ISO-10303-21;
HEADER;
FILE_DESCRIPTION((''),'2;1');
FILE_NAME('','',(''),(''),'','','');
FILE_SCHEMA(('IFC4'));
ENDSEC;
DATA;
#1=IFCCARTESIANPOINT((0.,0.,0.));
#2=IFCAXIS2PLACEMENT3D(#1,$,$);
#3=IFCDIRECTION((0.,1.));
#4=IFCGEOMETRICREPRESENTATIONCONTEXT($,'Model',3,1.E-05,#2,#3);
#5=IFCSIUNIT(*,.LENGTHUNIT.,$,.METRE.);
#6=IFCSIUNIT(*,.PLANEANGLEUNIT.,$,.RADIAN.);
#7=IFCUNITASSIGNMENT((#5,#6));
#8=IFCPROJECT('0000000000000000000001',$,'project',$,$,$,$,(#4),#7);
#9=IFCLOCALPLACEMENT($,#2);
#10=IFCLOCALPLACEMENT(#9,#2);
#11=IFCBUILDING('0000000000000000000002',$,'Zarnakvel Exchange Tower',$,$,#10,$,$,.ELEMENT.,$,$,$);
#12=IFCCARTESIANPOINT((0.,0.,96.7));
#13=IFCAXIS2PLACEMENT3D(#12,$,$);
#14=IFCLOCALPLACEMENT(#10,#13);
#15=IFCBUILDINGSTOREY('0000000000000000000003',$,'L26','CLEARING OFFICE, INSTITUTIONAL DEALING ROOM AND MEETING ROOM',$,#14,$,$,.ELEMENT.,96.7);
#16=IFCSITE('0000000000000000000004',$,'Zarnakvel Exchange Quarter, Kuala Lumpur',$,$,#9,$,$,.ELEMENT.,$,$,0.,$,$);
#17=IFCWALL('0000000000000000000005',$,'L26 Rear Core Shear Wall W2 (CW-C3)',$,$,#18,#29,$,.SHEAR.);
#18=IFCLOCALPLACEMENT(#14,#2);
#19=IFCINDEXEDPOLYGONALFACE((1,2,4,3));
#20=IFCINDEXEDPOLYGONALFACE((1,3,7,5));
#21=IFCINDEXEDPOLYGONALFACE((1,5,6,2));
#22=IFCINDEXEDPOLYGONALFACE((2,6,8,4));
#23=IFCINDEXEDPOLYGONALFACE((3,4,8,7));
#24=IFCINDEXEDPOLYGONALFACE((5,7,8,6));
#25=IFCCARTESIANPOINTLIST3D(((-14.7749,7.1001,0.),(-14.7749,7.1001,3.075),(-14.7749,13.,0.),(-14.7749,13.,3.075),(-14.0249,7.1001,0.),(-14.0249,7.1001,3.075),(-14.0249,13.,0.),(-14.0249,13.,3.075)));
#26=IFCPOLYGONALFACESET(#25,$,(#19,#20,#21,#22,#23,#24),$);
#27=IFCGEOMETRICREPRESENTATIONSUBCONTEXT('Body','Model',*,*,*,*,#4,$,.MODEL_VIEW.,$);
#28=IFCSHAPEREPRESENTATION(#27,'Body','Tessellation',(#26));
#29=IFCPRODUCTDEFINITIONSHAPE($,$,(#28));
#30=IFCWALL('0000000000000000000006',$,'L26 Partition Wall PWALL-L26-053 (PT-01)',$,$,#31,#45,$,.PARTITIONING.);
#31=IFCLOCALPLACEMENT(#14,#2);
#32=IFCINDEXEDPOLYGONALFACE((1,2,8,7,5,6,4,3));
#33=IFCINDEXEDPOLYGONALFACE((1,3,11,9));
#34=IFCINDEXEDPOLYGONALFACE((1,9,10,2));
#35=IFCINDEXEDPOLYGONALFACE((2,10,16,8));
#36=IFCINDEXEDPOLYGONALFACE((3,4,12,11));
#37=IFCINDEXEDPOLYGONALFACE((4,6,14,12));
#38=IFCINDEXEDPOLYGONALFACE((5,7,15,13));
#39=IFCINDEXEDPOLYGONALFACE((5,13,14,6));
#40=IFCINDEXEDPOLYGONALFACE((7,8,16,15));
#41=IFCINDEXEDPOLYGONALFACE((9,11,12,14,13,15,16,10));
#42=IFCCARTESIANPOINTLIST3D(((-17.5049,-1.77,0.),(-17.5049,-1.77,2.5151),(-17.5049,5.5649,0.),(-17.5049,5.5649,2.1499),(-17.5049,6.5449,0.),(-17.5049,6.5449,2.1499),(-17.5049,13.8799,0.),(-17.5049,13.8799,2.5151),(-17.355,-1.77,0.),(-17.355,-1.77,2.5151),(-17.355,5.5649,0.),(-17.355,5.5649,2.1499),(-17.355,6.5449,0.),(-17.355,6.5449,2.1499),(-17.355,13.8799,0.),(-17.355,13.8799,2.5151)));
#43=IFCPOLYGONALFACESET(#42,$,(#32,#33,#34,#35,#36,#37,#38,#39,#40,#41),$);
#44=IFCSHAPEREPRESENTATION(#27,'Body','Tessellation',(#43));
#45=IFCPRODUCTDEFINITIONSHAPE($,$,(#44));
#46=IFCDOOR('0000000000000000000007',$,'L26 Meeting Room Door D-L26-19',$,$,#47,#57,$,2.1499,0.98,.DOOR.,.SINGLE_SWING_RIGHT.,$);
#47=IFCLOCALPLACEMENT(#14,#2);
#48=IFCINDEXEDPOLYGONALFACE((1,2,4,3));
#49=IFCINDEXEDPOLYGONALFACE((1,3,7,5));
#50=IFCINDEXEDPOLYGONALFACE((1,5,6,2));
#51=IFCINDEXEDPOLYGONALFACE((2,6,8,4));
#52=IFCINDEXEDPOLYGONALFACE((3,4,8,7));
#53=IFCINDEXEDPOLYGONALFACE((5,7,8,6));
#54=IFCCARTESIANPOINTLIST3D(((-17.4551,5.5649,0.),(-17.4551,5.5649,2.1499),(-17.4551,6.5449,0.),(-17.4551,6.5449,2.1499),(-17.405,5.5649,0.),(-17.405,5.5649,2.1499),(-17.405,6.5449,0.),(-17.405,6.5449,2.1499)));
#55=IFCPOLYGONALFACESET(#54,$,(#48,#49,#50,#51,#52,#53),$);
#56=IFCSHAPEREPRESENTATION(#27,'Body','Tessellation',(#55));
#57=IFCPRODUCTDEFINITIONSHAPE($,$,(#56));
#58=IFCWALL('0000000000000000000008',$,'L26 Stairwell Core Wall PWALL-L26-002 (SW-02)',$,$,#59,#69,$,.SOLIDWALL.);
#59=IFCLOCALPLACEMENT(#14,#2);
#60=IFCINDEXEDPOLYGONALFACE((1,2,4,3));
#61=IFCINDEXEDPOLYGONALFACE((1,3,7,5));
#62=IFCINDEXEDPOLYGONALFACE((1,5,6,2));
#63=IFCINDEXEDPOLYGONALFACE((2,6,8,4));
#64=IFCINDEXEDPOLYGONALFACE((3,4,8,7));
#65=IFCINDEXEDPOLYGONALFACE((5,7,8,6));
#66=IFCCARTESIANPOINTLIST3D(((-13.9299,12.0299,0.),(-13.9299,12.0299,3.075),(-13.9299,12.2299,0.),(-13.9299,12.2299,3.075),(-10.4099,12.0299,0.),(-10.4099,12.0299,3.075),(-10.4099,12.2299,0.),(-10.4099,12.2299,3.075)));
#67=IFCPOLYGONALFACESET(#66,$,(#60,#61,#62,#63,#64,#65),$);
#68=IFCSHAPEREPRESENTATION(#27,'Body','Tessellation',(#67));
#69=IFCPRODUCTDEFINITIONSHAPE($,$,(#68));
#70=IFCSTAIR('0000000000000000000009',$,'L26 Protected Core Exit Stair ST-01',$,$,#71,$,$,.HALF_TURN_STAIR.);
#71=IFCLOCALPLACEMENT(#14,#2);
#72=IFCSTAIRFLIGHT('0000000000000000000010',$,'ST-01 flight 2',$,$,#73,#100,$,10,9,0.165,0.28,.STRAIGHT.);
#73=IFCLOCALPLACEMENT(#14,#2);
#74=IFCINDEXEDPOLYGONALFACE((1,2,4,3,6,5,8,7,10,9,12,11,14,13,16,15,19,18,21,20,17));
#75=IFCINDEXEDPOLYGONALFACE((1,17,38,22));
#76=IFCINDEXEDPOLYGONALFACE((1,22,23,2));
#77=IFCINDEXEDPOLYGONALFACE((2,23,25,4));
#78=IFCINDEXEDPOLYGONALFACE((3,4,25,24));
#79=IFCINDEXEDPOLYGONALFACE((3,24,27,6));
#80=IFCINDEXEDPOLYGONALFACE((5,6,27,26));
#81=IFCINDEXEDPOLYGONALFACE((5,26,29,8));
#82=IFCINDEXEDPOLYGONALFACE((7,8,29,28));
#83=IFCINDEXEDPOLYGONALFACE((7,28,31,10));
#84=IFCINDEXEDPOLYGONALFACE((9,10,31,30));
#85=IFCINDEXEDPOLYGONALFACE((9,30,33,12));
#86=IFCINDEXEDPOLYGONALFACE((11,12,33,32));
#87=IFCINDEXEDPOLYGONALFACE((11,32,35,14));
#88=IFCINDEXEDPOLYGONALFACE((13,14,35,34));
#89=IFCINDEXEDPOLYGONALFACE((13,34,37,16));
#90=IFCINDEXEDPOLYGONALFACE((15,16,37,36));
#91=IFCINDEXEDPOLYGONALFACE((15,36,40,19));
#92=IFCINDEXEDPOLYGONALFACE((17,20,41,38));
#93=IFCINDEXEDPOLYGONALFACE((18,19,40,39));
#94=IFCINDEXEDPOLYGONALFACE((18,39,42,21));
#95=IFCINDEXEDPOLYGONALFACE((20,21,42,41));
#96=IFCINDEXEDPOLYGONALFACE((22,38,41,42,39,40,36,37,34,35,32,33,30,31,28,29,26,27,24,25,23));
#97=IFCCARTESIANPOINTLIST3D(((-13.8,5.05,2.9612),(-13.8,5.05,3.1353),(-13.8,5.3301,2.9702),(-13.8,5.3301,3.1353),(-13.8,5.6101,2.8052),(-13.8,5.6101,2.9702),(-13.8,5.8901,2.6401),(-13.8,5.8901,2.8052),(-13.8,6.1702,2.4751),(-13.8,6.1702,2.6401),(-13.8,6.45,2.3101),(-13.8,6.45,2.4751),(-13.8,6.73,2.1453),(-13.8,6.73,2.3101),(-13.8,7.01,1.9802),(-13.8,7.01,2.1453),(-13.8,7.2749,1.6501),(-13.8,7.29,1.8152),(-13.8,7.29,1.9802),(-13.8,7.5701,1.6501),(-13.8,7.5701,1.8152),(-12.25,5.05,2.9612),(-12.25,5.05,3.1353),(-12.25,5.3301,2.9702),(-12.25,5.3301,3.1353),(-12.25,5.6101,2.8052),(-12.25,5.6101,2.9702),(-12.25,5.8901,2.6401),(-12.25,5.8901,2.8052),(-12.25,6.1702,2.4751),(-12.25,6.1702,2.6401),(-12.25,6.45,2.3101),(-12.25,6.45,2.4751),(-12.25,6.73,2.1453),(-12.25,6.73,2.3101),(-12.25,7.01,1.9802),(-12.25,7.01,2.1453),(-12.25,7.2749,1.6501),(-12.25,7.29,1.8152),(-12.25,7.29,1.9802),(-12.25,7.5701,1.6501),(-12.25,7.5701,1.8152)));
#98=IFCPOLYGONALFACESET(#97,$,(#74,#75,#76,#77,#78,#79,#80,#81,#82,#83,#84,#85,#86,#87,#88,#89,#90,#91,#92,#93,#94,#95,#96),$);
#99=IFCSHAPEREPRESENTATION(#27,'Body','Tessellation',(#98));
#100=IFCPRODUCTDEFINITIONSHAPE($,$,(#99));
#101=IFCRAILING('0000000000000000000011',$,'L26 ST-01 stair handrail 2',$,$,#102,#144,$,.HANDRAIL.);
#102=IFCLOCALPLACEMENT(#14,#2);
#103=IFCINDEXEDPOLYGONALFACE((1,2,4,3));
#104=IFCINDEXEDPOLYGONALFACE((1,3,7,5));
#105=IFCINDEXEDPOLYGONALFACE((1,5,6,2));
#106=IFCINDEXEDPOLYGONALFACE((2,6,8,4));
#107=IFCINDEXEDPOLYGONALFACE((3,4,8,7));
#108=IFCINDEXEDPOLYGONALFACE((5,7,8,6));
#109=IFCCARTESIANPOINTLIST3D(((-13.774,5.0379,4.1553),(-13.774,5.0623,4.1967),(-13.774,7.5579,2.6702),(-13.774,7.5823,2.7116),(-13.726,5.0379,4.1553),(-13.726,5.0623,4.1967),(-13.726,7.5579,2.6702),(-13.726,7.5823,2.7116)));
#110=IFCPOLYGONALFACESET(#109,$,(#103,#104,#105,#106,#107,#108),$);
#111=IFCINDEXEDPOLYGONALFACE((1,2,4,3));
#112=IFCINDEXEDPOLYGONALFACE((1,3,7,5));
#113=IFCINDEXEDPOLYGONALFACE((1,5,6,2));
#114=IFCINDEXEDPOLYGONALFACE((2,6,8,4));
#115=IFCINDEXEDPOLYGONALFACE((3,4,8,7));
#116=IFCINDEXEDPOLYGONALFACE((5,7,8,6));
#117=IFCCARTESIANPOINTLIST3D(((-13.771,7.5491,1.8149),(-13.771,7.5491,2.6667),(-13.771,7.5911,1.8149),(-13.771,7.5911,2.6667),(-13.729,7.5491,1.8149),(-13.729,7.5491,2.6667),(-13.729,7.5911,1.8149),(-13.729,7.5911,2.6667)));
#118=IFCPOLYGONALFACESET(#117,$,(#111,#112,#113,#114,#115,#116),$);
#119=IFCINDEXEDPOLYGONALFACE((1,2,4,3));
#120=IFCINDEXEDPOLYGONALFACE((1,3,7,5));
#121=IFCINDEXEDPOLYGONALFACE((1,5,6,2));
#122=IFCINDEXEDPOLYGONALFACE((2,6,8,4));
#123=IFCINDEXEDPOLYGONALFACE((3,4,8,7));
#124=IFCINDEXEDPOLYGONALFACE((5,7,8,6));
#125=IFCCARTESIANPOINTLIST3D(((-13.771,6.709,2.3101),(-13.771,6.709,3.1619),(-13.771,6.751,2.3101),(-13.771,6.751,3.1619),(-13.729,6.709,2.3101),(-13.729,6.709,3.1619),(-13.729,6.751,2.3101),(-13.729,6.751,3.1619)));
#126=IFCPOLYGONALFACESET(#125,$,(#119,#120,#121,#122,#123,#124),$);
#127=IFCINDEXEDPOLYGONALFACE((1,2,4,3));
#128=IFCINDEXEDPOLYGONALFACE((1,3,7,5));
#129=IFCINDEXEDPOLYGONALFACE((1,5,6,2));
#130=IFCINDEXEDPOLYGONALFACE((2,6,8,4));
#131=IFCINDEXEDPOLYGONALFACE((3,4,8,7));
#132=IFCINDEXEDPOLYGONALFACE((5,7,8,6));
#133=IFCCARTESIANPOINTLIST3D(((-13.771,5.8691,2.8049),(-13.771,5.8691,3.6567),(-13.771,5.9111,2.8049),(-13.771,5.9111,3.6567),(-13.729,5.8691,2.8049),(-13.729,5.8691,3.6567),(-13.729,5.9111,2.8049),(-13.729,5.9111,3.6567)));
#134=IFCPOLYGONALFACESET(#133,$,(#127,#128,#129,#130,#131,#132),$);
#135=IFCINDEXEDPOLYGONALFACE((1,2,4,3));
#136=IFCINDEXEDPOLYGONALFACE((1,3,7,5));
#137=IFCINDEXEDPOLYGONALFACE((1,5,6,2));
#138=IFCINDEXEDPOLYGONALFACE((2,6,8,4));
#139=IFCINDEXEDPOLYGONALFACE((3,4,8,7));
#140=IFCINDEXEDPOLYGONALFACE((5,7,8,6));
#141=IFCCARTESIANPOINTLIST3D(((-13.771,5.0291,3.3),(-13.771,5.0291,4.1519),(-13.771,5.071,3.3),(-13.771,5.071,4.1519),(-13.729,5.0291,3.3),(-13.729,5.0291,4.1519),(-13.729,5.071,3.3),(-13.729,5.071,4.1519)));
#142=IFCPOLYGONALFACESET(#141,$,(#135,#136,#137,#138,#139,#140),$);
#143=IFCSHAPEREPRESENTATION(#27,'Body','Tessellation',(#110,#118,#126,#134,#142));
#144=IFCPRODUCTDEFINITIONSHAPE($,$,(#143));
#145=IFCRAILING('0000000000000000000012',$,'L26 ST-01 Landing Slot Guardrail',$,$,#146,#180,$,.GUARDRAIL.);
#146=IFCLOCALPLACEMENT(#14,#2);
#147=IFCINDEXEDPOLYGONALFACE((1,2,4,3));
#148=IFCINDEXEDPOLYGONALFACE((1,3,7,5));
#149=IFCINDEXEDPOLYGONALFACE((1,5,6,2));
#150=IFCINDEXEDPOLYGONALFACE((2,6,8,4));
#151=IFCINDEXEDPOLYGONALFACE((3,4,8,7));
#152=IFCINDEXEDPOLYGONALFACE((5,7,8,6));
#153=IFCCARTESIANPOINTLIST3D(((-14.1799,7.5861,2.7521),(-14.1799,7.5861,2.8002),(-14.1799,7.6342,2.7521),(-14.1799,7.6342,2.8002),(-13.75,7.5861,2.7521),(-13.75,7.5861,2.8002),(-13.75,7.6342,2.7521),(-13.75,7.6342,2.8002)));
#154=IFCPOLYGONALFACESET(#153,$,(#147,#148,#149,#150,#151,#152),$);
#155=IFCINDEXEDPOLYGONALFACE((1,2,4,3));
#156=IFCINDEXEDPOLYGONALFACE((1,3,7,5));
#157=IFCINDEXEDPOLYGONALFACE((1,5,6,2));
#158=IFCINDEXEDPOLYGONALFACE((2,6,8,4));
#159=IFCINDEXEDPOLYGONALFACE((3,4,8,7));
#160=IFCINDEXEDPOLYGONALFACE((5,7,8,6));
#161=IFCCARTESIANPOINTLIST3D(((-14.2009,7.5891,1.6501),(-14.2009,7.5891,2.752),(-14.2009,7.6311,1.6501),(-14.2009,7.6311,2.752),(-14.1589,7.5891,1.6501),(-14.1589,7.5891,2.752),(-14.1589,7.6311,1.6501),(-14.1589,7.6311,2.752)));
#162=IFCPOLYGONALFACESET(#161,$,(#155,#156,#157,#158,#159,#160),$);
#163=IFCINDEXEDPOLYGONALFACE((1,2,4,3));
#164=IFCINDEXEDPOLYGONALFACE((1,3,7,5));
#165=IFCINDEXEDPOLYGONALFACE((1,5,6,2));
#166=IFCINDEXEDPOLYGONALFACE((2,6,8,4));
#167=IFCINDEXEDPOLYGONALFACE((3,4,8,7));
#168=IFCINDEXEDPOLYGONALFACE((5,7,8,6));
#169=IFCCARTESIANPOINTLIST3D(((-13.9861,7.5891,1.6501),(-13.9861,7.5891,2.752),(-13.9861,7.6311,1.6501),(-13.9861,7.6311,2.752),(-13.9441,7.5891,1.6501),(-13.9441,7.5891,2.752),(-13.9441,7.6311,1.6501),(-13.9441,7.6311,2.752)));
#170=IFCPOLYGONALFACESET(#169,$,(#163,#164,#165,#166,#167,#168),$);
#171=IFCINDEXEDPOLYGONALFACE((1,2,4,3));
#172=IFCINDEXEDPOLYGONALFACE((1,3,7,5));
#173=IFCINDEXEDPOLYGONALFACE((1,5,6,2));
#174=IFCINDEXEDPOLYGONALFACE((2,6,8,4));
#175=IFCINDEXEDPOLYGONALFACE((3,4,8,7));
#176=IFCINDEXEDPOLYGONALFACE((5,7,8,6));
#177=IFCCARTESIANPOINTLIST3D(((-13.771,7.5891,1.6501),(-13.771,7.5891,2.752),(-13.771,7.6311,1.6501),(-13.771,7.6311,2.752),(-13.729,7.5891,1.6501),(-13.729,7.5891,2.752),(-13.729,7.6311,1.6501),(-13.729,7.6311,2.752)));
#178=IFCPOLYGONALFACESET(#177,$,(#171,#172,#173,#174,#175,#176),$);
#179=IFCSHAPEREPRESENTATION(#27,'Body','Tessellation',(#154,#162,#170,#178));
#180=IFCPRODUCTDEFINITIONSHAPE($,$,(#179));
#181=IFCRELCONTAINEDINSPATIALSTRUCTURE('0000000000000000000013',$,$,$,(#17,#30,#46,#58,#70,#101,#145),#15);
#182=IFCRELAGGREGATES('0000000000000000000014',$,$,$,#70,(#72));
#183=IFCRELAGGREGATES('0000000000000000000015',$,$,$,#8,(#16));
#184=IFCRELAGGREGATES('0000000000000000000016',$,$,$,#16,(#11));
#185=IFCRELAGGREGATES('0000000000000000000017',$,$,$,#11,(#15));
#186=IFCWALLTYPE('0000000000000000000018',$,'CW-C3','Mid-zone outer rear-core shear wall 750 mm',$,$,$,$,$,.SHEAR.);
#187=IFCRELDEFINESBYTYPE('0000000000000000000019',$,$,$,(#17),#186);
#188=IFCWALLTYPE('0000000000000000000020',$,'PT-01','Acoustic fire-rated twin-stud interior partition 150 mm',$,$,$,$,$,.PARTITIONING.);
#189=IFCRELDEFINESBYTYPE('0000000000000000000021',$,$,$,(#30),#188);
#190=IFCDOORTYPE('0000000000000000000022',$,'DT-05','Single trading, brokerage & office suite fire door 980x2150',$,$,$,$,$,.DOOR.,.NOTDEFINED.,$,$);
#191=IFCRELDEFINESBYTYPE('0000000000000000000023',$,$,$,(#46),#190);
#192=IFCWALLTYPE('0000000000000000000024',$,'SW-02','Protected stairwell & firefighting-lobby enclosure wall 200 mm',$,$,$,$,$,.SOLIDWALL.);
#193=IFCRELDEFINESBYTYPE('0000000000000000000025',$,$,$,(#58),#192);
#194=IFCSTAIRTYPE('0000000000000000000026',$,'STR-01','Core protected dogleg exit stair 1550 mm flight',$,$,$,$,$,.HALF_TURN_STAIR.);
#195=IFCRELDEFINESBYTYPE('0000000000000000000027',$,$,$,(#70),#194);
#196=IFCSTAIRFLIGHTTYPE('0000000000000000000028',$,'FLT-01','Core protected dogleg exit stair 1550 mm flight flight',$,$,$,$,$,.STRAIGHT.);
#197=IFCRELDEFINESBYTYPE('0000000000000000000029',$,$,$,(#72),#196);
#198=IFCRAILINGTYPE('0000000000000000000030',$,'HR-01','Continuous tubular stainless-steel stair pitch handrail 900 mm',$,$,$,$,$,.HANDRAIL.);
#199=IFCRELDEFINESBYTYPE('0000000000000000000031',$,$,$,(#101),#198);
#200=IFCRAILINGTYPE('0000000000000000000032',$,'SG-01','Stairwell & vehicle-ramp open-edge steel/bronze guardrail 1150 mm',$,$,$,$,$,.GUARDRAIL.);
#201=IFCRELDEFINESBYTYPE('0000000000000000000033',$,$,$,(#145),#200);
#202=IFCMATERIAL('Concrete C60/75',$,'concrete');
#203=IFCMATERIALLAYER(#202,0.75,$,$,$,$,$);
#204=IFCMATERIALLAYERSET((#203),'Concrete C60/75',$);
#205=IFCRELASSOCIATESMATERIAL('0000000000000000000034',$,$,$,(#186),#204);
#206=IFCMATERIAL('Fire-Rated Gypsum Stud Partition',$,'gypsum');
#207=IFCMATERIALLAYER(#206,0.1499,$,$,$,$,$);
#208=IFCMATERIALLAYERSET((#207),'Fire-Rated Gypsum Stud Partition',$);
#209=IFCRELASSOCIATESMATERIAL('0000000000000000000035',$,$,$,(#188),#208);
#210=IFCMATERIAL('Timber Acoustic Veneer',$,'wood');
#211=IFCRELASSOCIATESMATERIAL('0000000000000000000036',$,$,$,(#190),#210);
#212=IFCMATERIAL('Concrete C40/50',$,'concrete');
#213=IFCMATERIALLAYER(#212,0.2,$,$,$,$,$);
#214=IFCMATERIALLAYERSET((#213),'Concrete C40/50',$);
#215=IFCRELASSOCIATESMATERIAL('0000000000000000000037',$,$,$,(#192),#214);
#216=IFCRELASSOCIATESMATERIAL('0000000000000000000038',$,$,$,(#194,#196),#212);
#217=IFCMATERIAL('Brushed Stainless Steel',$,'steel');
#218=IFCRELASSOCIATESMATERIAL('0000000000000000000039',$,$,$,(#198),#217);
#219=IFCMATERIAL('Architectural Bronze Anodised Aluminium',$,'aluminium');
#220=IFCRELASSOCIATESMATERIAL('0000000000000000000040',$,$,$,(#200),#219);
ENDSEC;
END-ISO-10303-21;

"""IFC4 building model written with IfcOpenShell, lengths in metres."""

from ifc_helpers import new_model, si_unit, direction, frame, frame_2d, origin, origin_2d, place, context, subcontext, project, spatial, polyline, rectangle, outline, extrude, source, transform, mapped, material, layer, layer_set, type_object, element, fill, aggregate, save


model = new_model("IFC4")

# Units and contexts
model_context = context("Model", 3, precision=1e-05, world=origin(), true_north=direction((0.0, 1.0)))
body_context = subcontext(model_context, "Body", "Model", "MODEL_VIEW")
ifc_project = project(units=[si_unit("LENGTHUNIT", "METRE"), si_unit("PLANEANGLEUNIT", "RADIAN")], contexts=[model_context])

# Site, building, storey
site_placement = place(None, origin())
site = spatial("IfcSite", under=ifc_project, at=site_placement, Name="Zarnakvel Exchange Quarter, Kuala Lumpur", CompositionType="ELEMENT", RefElevation=0.0)
building_placement = place(site_placement, origin())
building = spatial("IfcBuilding", under=site, at=building_placement, Name="Zarnakvel Exchange Tower", CompositionType="ELEMENT")
storey_placement = place(building_placement, frame((0.0, 0.0, 96.7)))
storey = spatial("IfcBuildingStorey", under=building, at=storey_placement, Name="L26", Description="CLEARING OFFICE, INSTITUTIONAL DEALING ROOM AND MEETING ROOM", CompositionType="ELEMENT", Elevation=96.7)

# Shared definitions
ifc_material_1 = material(Name="Concrete C60/75", Category="concrete")

# Shared definitions
ifc_material_2 = material(Name="Architectural Bronze Anodised Aluminium", Category="aluminium")

# Wall
ifc_layer_1 = layer(ifc_material_1, 0.75)
ifc_layer_set_1 = layer_set([ifc_layer_1], Name="Concrete C60/75")
wall_type_1 = type_object("IfcWallType", Name="CW-C3", Description="Mid-zone outer rear-core shear wall 750 mm", PredefinedType="SHEAR", material=ifc_layer_set_1)
wall_1_placement = place(storey_placement, frame((-14.3999, 7.1001, 0.0), z_axis=(0.0, 0.0, 1.0), x_axis=(0.0, 1.0, 0.0)))
element("IfcWall", 1, at=wall_1_placement, inside=storey, type_object=wall_type_1, Name="L26 Rear Core Shear Wall W2 (CW-C3)", PredefinedType="SHEAR", context=body_context, shape_type="SweptSolid", body=[
    extrude(rectangle(XDim=5.8999, YDim=0.75, at=frame_2d((2.95, 0.0))), origin(), (0.0, 0.0, 1.0), 3.075),
])

# Wall, opening, door
ifc_material_3 = material(Name="Fire-Rated Gypsum Stud Partition", Category="gypsum")
ifc_layer_2 = layer(ifc_material_3, 0.1499)
ifc_layer_set_2 = layer_set([ifc_layer_2], Name="Fire-Rated Gypsum Stud Partition")
wall_type_2 = type_object("IfcWallType", Name="PT-01", Description="Acoustic fire-rated twin-stud interior partition 150 mm", PredefinedType="PARTITIONING", material=ifc_layer_set_2)
wall_2_placement = place(storey_placement, frame((-17.4299, 13.8799, 0.0), z_axis=(0.0, 0.0, 1.0), x_axis=(0.0, -1.0, 0.0)))
wall_2 = element("IfcWall", 2, at=wall_2_placement, inside=storey, type_object=wall_type_2, Name="L26 Partition Wall PWALL-L26-053 (PT-01)", PredefinedType="PARTITIONING", context=body_context, shape_type="SweptSolid", body=[
    extrude(rectangle(XDim=15.6499, YDim=0.1499, at=frame_2d((7.825, 0.0))), origin(), (0.0, 0.0, 1.0), 2.5151),
])
opening_placement = place(wall_2_placement, frame((7.335, 0.0, 0.0)))
opening = element("IfcOpeningElement", 3, at=opening_placement, cuts=wall_2, PredefinedType="OPENING", context=body_context, shape_type="SweptSolid", body=[
    extrude(rectangle(XDim=0.98, YDim=2.1499, at=frame_2d((0.49, 1.075))), frame((0.0, 0.085, 0.0), z_axis=(0.0, -1.0, 0.0), x_axis=(1.0, 0.0, 0.0)), (0.0, 0.0, 1.0), 0.1699),
])
ifc_material_4 = material(Name="Timber Acoustic Veneer", Category="wood")
door_type = type_object("IfcDoorType", Name="DT-05", Description="Single trading, brokerage & office suite fire door 980x2150", OperationType="NOTDEFINED", PredefinedType="DOOR", material=ifc_material_4)
shared_shape_1 = source(origin(), body_context, "Body", "SweptSolid", [
    extrude(rectangle(XDim=0.98, YDim=2.1499, at=frame_2d((0.49, 1.075))), frame((0.0, 0.0249, 0.0), z_axis=(0.0, -1.0, 0.0), x_axis=(1.0, 0.0, 0.0)), (0.0, 0.0, 1.0), 0.05),
])
door_placement = place(opening_placement, origin())
door = element("IfcDoor", 4, at=door_placement, inside=storey, type_object=door_type, Name="L26 Meeting Room Door D-L26-19", OperationType="SINGLE_SWING_RIGHT", OverallHeight=2.1499, OverallWidth=0.98, PredefinedType="DOOR", context=body_context, shape_type="MappedRepresentation", body=[
    mapped(shared_shape_1, transform((0.0, 0.0, 0.0), x_axis=(1.0, 0.0, 0.0), y_axis=(0.0, 1.0, 0.0), z_axis=(0.0, 0.0, 1.0), scale=1.0)),
])
fill(opening, door)

# Wall
ifc_material_5 = material(Name="Concrete C40/50", Category="concrete")
ifc_layer_3 = layer(ifc_material_5, 0.2)
ifc_layer_set_3 = layer_set([ifc_layer_3], Name="Concrete C40/50")
wall_type_3 = type_object("IfcWallType", Name="SW-02", Description="Protected stairwell & firefighting-lobby enclosure wall 200 mm", PredefinedType="SOLIDWALL", material=ifc_layer_set_3)
wall_3_placement = place(storey_placement, frame((-13.9299, 12.1299, 0.0), z_axis=(0.0, 0.0, 1.0), x_axis=(1.0, 0.0, 0.0)))
element("IfcWall", 5, at=wall_3_placement, inside=storey, type_object=wall_type_3, Name="L26 Stairwell Core Wall PWALL-L26-002 (SW-02)", PredefinedType="SOLIDWALL", context=body_context, shape_type="SweptSolid", body=[
    extrude(rectangle(XDim=3.52, YDim=0.2, at=frame_2d((1.76, 0.0))), origin(), (0.0, 0.0, 1.0), 3.075),
])

# Stair, stair flight
stair_type = type_object("IfcStairType", Name="STR-01", Description="Core protected dogleg exit stair 1550 mm flight", PredefinedType="HALF_TURN_STAIR", material=ifc_material_5)
stair_placement = place(storey_placement, origin())
stair = element("IfcStair", 6, at=stair_placement, inside=storey, type_object=stair_type, Name="L26 Protected Core Exit Stair ST-01", PredefinedType="HALF_TURN_STAIR")
stair_flight_type = type_object("IfcStairFlightType", Name="FLT-01", Description="Core protected dogleg exit stair 1550 mm flight flight", PredefinedType="STRAIGHT", material=ifc_material_5)
stair_flight_placement = place(storey_placement, frame((-13.0249, 7.5701, 1.6501), z_axis=(0.0, 0.0, 1.0), x_axis=(0.0, -1.0, 0.0)))
stair_flight = element("IfcStairFlight", 7, at=stair_flight_placement, type_object=stair_flight_type, Name="ST-01 flight 2", NumberOfRisers=10, NumberOfTreads=9, PredefinedType="STRAIGHT", RiserHeight=0.165, TreadLength=0.28, context=body_context, shape_type="SweptSolid", body=[
    extrude(outline(polyline([(0.0, 0.0), (0.0, 0.165), (0.28, 0.165), (0.28, 0.3301), (0.5601, 0.3301), (0.5601, 0.4951), (0.8401, 0.4951), (0.8401, 0.6599), (1.1201, 0.6599), (1.1201, 0.825), (1.3999, 0.825), (1.3999, 0.99), (1.6799, 0.99), (1.6799, 1.155), (1.96, 1.155), (1.96, 1.3201), (2.24, 1.3201), (2.24, 1.4851), (2.52, 1.4851), (2.52, 1.6499), (2.52, 1.311), (0.2952, 0.0), (0.0, 0.0)])), frame((0.0, 0.7749, 0.0), z_axis=(0.0, -1.0, 0.0), x_axis=(1.0, 0.0, 0.0)), (0.0, 0.0, 1.0), 1.55),
])
aggregate(stair, [stair_flight])

# Railings
ifc_material_6 = material(Name="Brushed Stainless Steel", Category="steel")
railing_type_1 = type_object("IfcRailingType", Name="HR-01", Description="Continuous tubular stainless-steel stair pitch handrail 900 mm", PredefinedType="HANDRAIL", material=ifc_material_6)
railing_1_placement = place(storey_placement, frame((-13.75, 7.5701, 1.8149)))
element("IfcRailing", 8, at=railing_1_placement, inside=storey, type_object=railing_type_1, Name="L26 ST-01 stair handrail 2", PredefinedType="HANDRAIL", context=body_context, shape_type="SweptSolid", body=[
    extrude(rectangle(XDim=0.0481, YDim=0.0481, at=origin_2d()), frame((0.0, 0.0, 0.876), z_axis=(0.0, -0.861524, 0.507717), x_axis=(1.0, 0.0, 0.0)), (0.0, 0.0, 1.0), 2.925),
    extrude(rectangle(XDim=0.042, YDim=0.042, at=origin_2d()), origin(), (0.0, 0.0, 1.0), 0.8518),
    extrude(rectangle(XDim=0.042, YDim=0.042, at=origin_2d()), frame((0.0, -0.8401, 0.4951)), (0.0, 0.0, 1.0), 0.8518),
    extrude(rectangle(XDim=0.042, YDim=0.042, at=origin_2d()), frame((0.0, -1.6799, 0.99)), (0.0, 0.0, 1.0), 0.8518),
    extrude(rectangle(XDim=0.042, YDim=0.042, at=origin_2d()), frame((0.0, -2.52, 1.4851)), (0.0, 0.0, 1.0), 0.8518),
])
railing_type_2 = type_object("IfcRailingType", Name="SG-01", Description="Stairwell & vehicle-ramp open-edge steel/bronze guardrail 1150 mm", PredefinedType="GUARDRAIL", material=ifc_material_2)
railing_2_placement = place(storey_placement, frame((-14.1799, 7.6101, 1.6501)))
element("IfcRailing", 9, at=railing_2_placement, inside=storey, type_object=railing_type_2, Name="L26 ST-01 Landing Slot Guardrail", PredefinedType="GUARDRAIL", context=body_context, shape_type="SweptSolid", body=[
    extrude(rectangle(XDim=0.0481, YDim=0.0481, at=origin_2d()), frame((0.0, 0.0, 1.126), z_axis=(1.0, 0.0, 0.0), x_axis=(0.0, 1.0, 0.0)), (0.0, 0.0, 1.0), 0.4299),
    extrude(rectangle(XDim=0.042, YDim=0.042, at=origin_2d()), origin(), (0.0, 0.0, 1.0), 1.1018),
    extrude(rectangle(XDim=0.042, YDim=0.042, at=origin_2d()), frame((0.2148, 0.0, 0.0)), (0.0, 0.0, 1.0), 1.1018),
    extrude(rectangle(XDim=0.042, YDim=0.042, at=origin_2d()), frame((0.4299, 0.0, 0.0)), (0.0, 0.0, 1.0), 1.1018),
])

save(model, "model.ifc")
